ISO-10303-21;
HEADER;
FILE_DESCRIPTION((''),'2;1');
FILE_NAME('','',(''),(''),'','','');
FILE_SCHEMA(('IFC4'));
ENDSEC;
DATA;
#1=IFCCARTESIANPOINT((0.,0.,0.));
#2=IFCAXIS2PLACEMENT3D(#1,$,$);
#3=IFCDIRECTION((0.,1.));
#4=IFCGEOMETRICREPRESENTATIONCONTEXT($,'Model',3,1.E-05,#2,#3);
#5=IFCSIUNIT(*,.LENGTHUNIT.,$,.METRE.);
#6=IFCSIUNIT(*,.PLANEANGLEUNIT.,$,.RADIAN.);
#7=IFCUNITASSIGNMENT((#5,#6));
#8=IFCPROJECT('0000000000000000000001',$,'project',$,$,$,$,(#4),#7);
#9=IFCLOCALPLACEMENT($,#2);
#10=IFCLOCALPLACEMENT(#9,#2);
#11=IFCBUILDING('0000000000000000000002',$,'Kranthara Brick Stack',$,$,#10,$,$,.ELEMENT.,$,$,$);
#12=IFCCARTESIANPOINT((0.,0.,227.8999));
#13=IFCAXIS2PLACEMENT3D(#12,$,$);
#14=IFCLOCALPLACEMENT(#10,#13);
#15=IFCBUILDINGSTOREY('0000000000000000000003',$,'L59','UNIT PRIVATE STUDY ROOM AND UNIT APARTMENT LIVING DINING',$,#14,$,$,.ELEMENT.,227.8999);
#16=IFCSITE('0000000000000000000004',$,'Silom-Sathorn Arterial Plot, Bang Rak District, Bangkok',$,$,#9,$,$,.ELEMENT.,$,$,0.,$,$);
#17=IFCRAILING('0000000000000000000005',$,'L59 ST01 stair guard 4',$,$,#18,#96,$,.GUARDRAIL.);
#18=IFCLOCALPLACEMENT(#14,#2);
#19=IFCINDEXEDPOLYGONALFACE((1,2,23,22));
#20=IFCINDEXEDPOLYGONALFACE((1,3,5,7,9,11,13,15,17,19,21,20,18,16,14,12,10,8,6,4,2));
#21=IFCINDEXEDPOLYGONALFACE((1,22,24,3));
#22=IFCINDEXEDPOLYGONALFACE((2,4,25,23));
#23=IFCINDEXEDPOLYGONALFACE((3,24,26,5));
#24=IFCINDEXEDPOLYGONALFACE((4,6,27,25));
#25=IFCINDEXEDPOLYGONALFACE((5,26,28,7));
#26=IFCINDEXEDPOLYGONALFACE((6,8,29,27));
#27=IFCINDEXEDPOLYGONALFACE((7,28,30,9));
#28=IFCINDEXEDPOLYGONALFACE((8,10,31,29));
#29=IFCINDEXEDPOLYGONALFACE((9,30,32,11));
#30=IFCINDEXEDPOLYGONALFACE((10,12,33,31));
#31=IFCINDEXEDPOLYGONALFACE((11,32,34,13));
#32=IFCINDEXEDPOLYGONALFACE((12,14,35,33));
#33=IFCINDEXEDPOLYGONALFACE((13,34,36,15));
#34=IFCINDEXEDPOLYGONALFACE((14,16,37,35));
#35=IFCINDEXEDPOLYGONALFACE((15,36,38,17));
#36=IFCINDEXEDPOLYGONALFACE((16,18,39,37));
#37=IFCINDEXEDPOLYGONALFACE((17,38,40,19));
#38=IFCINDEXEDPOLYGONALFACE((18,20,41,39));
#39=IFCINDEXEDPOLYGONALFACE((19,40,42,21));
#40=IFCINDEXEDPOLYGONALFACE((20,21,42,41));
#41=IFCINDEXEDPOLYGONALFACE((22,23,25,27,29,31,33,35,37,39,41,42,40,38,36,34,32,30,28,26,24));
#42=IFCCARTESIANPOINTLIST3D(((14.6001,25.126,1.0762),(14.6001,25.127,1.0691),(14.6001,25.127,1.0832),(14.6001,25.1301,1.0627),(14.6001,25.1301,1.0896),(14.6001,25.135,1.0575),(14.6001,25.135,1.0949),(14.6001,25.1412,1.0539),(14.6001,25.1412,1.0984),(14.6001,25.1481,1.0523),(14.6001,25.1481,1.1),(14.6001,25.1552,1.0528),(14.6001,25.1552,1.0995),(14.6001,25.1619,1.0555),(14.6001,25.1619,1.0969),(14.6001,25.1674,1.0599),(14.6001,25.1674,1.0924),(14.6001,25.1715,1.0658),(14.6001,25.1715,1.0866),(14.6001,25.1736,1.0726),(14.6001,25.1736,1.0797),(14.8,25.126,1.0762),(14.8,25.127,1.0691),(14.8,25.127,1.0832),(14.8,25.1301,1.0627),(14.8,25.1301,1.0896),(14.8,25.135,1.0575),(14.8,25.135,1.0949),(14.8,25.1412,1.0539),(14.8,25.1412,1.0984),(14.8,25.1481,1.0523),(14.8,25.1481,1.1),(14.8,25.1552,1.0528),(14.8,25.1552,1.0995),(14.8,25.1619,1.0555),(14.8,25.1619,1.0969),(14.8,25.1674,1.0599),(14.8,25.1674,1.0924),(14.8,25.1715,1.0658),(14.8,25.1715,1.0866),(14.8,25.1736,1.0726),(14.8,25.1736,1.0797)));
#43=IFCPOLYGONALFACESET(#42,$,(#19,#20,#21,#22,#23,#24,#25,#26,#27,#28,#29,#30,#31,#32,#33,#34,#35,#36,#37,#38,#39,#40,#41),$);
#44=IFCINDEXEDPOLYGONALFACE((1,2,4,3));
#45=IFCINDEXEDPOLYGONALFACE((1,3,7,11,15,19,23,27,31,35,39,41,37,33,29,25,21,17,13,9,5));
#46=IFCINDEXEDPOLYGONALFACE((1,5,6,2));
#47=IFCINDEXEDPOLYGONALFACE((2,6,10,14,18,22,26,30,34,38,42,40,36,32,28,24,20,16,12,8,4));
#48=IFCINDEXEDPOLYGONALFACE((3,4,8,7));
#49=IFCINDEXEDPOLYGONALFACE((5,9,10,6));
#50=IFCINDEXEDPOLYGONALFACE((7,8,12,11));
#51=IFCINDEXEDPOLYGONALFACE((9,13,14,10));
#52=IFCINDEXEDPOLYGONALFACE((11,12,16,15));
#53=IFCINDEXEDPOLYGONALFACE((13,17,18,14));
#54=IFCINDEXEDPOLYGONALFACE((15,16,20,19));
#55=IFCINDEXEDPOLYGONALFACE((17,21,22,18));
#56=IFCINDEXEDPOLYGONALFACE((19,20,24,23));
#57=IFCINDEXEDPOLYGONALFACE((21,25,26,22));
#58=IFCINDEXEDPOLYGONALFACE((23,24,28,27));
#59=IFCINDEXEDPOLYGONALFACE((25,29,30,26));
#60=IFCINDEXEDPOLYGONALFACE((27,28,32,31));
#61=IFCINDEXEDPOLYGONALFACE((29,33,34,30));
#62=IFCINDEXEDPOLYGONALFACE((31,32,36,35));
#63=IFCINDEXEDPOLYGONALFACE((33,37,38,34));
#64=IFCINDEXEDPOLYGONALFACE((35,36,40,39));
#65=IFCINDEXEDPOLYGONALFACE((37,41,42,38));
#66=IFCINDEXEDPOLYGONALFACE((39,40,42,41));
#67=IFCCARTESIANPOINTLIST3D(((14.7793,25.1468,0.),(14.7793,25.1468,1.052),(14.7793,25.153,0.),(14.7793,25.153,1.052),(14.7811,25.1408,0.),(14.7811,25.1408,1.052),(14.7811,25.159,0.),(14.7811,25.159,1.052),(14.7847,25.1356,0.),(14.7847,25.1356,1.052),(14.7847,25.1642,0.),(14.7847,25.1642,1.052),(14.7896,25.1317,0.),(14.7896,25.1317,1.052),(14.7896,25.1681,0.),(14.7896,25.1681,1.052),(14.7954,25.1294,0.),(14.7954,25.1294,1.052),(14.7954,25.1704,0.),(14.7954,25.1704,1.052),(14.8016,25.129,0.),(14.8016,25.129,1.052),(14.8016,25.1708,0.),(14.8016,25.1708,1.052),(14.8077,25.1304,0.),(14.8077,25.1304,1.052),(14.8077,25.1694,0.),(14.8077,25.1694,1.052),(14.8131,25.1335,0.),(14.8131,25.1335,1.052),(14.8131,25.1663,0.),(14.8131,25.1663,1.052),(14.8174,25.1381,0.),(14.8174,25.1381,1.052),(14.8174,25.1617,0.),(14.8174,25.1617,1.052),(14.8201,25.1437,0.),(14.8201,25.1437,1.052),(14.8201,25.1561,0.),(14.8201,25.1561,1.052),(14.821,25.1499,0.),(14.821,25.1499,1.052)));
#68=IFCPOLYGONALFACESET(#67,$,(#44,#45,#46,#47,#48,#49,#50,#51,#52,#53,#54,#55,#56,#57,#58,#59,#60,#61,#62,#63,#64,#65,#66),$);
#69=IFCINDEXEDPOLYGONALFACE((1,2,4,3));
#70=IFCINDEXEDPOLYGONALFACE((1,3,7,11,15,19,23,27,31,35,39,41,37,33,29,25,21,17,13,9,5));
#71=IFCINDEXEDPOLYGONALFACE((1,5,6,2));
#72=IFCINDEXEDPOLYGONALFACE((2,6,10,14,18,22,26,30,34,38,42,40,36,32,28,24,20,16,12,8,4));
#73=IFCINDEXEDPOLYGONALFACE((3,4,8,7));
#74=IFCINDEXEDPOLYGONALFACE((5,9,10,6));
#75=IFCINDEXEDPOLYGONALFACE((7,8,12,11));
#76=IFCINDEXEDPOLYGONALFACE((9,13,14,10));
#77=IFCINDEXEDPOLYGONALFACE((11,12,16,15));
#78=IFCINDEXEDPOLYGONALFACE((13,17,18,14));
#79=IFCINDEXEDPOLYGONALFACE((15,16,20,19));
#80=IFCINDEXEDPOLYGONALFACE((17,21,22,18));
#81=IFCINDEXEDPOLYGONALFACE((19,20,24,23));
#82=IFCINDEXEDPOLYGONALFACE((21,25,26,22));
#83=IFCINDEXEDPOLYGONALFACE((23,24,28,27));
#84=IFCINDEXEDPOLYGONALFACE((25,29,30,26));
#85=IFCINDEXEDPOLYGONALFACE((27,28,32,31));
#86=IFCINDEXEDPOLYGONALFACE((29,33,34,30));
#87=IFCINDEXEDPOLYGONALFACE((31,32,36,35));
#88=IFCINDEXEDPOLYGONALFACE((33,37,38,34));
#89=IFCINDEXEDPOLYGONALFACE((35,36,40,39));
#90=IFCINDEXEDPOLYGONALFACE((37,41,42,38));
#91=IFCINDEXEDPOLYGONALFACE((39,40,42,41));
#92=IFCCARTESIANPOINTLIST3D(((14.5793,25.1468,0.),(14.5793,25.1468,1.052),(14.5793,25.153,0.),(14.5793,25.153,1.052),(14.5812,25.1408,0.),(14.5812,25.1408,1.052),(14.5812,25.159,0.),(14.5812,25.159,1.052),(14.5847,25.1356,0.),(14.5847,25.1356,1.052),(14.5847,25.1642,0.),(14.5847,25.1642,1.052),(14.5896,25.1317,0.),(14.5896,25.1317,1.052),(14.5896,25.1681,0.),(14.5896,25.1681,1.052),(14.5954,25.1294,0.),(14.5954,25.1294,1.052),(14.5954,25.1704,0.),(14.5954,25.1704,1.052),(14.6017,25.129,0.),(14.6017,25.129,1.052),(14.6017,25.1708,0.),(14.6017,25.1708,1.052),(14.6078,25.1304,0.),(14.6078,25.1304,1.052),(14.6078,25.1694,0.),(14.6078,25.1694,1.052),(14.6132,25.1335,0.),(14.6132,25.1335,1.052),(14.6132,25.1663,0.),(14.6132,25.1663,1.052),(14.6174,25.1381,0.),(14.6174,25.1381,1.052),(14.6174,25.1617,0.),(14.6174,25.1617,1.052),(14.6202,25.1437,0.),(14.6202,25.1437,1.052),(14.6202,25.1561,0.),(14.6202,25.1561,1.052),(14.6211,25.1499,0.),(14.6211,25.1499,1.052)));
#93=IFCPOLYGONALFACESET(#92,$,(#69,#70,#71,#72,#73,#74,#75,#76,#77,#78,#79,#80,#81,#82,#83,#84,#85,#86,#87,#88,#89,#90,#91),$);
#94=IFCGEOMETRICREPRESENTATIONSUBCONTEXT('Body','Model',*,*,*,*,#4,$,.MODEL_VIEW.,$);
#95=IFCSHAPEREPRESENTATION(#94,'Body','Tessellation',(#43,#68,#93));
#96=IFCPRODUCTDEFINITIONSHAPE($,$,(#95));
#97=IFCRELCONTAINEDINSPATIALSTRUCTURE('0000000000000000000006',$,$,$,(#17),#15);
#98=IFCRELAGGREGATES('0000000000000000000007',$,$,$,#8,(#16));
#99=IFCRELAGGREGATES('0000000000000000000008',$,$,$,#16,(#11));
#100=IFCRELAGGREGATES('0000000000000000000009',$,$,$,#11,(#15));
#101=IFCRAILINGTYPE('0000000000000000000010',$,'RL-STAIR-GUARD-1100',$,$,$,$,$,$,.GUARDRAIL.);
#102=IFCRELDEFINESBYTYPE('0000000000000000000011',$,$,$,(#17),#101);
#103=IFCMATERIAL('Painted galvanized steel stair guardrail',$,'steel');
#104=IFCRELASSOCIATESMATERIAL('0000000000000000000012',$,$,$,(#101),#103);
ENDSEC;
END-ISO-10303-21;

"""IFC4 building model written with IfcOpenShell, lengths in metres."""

from ifc_helpers import new_model, si_unit, direction, frame, origin, origin_2d, place, context, subcontext, project, spatial, circle, extrude, material, type_object, element, save


model = new_model("IFC4")

# Units and contexts
model_context = context("Model", 3, precision=1e-05, world=origin(), true_north=direction((0.0, 1.0)))
body_context = subcontext(model_context, "Body", "Model", "MODEL_VIEW")
ifc_project = project(units=[si_unit("LENGTHUNIT", "METRE"), si_unit("PLANEANGLEUNIT", "RADIAN")], contexts=[model_context])

# Site, building, storey
site_placement = place(None, origin())
site = spatial("IfcSite", under=ifc_project, at=site_placement, Name="Silom-Sathorn Arterial Plot, Bang Rak District, Bangkok", CompositionType="ELEMENT", RefElevation=0.0)
building_placement = place(site_placement, origin())
building = spatial("IfcBuilding", under=site, at=building_placement, Name="Kranthara Brick Stack", CompositionType="ELEMENT")
storey_placement = place(building_placement, frame((0.0, 0.0, 227.8999)))
storey = spatial("IfcBuildingStorey", under=building, at=storey_placement, Name="L59", Description="UNIT PRIVATE STUDY ROOM AND UNIT APARTMENT LIVING DINING", CompositionType="ELEMENT", Elevation=227.8999)

# Railing
ifc_material_1 = material(Name="Painted galvanized steel stair guardrail", Category="steel")
railing_type_1 = type_object("IfcRailingType", Name="RL-STAIR-GUARD-1100", PredefinedType="GUARDRAIL", material=ifc_material_1)
railing_1_placement = place(storey_placement, frame((14.8, 25.1499, 0.0)))
element("IfcRailing", 1, at=railing_1_placement, inside=storey, type_object=railing_type_1, Name="L59 ST01 stair guard 4", PredefinedType="GUARDRAIL", context=body_context, shape_type="SweptSolid", body=[
    extrude(circle(Radius=0.0239, at=origin_2d()), frame((0.0, 0.0, 1.0762), z_axis=(-1.0, 0.0, 0.0), x_axis=(0.0, -1.0, 0.0)), (0.0, 0.0, 1.0), 0.2),
    extrude(circle(Radius=0.021, at=origin_2d()), origin(), (0.0, 0.0, 1.0), 1.052),
    extrude(circle(Radius=0.021, at=origin_2d()), frame((-0.2, 0.0, 0.0)), (0.0, 0.0, 1.0), 1.052),
])

save(model, "model.ifc")
